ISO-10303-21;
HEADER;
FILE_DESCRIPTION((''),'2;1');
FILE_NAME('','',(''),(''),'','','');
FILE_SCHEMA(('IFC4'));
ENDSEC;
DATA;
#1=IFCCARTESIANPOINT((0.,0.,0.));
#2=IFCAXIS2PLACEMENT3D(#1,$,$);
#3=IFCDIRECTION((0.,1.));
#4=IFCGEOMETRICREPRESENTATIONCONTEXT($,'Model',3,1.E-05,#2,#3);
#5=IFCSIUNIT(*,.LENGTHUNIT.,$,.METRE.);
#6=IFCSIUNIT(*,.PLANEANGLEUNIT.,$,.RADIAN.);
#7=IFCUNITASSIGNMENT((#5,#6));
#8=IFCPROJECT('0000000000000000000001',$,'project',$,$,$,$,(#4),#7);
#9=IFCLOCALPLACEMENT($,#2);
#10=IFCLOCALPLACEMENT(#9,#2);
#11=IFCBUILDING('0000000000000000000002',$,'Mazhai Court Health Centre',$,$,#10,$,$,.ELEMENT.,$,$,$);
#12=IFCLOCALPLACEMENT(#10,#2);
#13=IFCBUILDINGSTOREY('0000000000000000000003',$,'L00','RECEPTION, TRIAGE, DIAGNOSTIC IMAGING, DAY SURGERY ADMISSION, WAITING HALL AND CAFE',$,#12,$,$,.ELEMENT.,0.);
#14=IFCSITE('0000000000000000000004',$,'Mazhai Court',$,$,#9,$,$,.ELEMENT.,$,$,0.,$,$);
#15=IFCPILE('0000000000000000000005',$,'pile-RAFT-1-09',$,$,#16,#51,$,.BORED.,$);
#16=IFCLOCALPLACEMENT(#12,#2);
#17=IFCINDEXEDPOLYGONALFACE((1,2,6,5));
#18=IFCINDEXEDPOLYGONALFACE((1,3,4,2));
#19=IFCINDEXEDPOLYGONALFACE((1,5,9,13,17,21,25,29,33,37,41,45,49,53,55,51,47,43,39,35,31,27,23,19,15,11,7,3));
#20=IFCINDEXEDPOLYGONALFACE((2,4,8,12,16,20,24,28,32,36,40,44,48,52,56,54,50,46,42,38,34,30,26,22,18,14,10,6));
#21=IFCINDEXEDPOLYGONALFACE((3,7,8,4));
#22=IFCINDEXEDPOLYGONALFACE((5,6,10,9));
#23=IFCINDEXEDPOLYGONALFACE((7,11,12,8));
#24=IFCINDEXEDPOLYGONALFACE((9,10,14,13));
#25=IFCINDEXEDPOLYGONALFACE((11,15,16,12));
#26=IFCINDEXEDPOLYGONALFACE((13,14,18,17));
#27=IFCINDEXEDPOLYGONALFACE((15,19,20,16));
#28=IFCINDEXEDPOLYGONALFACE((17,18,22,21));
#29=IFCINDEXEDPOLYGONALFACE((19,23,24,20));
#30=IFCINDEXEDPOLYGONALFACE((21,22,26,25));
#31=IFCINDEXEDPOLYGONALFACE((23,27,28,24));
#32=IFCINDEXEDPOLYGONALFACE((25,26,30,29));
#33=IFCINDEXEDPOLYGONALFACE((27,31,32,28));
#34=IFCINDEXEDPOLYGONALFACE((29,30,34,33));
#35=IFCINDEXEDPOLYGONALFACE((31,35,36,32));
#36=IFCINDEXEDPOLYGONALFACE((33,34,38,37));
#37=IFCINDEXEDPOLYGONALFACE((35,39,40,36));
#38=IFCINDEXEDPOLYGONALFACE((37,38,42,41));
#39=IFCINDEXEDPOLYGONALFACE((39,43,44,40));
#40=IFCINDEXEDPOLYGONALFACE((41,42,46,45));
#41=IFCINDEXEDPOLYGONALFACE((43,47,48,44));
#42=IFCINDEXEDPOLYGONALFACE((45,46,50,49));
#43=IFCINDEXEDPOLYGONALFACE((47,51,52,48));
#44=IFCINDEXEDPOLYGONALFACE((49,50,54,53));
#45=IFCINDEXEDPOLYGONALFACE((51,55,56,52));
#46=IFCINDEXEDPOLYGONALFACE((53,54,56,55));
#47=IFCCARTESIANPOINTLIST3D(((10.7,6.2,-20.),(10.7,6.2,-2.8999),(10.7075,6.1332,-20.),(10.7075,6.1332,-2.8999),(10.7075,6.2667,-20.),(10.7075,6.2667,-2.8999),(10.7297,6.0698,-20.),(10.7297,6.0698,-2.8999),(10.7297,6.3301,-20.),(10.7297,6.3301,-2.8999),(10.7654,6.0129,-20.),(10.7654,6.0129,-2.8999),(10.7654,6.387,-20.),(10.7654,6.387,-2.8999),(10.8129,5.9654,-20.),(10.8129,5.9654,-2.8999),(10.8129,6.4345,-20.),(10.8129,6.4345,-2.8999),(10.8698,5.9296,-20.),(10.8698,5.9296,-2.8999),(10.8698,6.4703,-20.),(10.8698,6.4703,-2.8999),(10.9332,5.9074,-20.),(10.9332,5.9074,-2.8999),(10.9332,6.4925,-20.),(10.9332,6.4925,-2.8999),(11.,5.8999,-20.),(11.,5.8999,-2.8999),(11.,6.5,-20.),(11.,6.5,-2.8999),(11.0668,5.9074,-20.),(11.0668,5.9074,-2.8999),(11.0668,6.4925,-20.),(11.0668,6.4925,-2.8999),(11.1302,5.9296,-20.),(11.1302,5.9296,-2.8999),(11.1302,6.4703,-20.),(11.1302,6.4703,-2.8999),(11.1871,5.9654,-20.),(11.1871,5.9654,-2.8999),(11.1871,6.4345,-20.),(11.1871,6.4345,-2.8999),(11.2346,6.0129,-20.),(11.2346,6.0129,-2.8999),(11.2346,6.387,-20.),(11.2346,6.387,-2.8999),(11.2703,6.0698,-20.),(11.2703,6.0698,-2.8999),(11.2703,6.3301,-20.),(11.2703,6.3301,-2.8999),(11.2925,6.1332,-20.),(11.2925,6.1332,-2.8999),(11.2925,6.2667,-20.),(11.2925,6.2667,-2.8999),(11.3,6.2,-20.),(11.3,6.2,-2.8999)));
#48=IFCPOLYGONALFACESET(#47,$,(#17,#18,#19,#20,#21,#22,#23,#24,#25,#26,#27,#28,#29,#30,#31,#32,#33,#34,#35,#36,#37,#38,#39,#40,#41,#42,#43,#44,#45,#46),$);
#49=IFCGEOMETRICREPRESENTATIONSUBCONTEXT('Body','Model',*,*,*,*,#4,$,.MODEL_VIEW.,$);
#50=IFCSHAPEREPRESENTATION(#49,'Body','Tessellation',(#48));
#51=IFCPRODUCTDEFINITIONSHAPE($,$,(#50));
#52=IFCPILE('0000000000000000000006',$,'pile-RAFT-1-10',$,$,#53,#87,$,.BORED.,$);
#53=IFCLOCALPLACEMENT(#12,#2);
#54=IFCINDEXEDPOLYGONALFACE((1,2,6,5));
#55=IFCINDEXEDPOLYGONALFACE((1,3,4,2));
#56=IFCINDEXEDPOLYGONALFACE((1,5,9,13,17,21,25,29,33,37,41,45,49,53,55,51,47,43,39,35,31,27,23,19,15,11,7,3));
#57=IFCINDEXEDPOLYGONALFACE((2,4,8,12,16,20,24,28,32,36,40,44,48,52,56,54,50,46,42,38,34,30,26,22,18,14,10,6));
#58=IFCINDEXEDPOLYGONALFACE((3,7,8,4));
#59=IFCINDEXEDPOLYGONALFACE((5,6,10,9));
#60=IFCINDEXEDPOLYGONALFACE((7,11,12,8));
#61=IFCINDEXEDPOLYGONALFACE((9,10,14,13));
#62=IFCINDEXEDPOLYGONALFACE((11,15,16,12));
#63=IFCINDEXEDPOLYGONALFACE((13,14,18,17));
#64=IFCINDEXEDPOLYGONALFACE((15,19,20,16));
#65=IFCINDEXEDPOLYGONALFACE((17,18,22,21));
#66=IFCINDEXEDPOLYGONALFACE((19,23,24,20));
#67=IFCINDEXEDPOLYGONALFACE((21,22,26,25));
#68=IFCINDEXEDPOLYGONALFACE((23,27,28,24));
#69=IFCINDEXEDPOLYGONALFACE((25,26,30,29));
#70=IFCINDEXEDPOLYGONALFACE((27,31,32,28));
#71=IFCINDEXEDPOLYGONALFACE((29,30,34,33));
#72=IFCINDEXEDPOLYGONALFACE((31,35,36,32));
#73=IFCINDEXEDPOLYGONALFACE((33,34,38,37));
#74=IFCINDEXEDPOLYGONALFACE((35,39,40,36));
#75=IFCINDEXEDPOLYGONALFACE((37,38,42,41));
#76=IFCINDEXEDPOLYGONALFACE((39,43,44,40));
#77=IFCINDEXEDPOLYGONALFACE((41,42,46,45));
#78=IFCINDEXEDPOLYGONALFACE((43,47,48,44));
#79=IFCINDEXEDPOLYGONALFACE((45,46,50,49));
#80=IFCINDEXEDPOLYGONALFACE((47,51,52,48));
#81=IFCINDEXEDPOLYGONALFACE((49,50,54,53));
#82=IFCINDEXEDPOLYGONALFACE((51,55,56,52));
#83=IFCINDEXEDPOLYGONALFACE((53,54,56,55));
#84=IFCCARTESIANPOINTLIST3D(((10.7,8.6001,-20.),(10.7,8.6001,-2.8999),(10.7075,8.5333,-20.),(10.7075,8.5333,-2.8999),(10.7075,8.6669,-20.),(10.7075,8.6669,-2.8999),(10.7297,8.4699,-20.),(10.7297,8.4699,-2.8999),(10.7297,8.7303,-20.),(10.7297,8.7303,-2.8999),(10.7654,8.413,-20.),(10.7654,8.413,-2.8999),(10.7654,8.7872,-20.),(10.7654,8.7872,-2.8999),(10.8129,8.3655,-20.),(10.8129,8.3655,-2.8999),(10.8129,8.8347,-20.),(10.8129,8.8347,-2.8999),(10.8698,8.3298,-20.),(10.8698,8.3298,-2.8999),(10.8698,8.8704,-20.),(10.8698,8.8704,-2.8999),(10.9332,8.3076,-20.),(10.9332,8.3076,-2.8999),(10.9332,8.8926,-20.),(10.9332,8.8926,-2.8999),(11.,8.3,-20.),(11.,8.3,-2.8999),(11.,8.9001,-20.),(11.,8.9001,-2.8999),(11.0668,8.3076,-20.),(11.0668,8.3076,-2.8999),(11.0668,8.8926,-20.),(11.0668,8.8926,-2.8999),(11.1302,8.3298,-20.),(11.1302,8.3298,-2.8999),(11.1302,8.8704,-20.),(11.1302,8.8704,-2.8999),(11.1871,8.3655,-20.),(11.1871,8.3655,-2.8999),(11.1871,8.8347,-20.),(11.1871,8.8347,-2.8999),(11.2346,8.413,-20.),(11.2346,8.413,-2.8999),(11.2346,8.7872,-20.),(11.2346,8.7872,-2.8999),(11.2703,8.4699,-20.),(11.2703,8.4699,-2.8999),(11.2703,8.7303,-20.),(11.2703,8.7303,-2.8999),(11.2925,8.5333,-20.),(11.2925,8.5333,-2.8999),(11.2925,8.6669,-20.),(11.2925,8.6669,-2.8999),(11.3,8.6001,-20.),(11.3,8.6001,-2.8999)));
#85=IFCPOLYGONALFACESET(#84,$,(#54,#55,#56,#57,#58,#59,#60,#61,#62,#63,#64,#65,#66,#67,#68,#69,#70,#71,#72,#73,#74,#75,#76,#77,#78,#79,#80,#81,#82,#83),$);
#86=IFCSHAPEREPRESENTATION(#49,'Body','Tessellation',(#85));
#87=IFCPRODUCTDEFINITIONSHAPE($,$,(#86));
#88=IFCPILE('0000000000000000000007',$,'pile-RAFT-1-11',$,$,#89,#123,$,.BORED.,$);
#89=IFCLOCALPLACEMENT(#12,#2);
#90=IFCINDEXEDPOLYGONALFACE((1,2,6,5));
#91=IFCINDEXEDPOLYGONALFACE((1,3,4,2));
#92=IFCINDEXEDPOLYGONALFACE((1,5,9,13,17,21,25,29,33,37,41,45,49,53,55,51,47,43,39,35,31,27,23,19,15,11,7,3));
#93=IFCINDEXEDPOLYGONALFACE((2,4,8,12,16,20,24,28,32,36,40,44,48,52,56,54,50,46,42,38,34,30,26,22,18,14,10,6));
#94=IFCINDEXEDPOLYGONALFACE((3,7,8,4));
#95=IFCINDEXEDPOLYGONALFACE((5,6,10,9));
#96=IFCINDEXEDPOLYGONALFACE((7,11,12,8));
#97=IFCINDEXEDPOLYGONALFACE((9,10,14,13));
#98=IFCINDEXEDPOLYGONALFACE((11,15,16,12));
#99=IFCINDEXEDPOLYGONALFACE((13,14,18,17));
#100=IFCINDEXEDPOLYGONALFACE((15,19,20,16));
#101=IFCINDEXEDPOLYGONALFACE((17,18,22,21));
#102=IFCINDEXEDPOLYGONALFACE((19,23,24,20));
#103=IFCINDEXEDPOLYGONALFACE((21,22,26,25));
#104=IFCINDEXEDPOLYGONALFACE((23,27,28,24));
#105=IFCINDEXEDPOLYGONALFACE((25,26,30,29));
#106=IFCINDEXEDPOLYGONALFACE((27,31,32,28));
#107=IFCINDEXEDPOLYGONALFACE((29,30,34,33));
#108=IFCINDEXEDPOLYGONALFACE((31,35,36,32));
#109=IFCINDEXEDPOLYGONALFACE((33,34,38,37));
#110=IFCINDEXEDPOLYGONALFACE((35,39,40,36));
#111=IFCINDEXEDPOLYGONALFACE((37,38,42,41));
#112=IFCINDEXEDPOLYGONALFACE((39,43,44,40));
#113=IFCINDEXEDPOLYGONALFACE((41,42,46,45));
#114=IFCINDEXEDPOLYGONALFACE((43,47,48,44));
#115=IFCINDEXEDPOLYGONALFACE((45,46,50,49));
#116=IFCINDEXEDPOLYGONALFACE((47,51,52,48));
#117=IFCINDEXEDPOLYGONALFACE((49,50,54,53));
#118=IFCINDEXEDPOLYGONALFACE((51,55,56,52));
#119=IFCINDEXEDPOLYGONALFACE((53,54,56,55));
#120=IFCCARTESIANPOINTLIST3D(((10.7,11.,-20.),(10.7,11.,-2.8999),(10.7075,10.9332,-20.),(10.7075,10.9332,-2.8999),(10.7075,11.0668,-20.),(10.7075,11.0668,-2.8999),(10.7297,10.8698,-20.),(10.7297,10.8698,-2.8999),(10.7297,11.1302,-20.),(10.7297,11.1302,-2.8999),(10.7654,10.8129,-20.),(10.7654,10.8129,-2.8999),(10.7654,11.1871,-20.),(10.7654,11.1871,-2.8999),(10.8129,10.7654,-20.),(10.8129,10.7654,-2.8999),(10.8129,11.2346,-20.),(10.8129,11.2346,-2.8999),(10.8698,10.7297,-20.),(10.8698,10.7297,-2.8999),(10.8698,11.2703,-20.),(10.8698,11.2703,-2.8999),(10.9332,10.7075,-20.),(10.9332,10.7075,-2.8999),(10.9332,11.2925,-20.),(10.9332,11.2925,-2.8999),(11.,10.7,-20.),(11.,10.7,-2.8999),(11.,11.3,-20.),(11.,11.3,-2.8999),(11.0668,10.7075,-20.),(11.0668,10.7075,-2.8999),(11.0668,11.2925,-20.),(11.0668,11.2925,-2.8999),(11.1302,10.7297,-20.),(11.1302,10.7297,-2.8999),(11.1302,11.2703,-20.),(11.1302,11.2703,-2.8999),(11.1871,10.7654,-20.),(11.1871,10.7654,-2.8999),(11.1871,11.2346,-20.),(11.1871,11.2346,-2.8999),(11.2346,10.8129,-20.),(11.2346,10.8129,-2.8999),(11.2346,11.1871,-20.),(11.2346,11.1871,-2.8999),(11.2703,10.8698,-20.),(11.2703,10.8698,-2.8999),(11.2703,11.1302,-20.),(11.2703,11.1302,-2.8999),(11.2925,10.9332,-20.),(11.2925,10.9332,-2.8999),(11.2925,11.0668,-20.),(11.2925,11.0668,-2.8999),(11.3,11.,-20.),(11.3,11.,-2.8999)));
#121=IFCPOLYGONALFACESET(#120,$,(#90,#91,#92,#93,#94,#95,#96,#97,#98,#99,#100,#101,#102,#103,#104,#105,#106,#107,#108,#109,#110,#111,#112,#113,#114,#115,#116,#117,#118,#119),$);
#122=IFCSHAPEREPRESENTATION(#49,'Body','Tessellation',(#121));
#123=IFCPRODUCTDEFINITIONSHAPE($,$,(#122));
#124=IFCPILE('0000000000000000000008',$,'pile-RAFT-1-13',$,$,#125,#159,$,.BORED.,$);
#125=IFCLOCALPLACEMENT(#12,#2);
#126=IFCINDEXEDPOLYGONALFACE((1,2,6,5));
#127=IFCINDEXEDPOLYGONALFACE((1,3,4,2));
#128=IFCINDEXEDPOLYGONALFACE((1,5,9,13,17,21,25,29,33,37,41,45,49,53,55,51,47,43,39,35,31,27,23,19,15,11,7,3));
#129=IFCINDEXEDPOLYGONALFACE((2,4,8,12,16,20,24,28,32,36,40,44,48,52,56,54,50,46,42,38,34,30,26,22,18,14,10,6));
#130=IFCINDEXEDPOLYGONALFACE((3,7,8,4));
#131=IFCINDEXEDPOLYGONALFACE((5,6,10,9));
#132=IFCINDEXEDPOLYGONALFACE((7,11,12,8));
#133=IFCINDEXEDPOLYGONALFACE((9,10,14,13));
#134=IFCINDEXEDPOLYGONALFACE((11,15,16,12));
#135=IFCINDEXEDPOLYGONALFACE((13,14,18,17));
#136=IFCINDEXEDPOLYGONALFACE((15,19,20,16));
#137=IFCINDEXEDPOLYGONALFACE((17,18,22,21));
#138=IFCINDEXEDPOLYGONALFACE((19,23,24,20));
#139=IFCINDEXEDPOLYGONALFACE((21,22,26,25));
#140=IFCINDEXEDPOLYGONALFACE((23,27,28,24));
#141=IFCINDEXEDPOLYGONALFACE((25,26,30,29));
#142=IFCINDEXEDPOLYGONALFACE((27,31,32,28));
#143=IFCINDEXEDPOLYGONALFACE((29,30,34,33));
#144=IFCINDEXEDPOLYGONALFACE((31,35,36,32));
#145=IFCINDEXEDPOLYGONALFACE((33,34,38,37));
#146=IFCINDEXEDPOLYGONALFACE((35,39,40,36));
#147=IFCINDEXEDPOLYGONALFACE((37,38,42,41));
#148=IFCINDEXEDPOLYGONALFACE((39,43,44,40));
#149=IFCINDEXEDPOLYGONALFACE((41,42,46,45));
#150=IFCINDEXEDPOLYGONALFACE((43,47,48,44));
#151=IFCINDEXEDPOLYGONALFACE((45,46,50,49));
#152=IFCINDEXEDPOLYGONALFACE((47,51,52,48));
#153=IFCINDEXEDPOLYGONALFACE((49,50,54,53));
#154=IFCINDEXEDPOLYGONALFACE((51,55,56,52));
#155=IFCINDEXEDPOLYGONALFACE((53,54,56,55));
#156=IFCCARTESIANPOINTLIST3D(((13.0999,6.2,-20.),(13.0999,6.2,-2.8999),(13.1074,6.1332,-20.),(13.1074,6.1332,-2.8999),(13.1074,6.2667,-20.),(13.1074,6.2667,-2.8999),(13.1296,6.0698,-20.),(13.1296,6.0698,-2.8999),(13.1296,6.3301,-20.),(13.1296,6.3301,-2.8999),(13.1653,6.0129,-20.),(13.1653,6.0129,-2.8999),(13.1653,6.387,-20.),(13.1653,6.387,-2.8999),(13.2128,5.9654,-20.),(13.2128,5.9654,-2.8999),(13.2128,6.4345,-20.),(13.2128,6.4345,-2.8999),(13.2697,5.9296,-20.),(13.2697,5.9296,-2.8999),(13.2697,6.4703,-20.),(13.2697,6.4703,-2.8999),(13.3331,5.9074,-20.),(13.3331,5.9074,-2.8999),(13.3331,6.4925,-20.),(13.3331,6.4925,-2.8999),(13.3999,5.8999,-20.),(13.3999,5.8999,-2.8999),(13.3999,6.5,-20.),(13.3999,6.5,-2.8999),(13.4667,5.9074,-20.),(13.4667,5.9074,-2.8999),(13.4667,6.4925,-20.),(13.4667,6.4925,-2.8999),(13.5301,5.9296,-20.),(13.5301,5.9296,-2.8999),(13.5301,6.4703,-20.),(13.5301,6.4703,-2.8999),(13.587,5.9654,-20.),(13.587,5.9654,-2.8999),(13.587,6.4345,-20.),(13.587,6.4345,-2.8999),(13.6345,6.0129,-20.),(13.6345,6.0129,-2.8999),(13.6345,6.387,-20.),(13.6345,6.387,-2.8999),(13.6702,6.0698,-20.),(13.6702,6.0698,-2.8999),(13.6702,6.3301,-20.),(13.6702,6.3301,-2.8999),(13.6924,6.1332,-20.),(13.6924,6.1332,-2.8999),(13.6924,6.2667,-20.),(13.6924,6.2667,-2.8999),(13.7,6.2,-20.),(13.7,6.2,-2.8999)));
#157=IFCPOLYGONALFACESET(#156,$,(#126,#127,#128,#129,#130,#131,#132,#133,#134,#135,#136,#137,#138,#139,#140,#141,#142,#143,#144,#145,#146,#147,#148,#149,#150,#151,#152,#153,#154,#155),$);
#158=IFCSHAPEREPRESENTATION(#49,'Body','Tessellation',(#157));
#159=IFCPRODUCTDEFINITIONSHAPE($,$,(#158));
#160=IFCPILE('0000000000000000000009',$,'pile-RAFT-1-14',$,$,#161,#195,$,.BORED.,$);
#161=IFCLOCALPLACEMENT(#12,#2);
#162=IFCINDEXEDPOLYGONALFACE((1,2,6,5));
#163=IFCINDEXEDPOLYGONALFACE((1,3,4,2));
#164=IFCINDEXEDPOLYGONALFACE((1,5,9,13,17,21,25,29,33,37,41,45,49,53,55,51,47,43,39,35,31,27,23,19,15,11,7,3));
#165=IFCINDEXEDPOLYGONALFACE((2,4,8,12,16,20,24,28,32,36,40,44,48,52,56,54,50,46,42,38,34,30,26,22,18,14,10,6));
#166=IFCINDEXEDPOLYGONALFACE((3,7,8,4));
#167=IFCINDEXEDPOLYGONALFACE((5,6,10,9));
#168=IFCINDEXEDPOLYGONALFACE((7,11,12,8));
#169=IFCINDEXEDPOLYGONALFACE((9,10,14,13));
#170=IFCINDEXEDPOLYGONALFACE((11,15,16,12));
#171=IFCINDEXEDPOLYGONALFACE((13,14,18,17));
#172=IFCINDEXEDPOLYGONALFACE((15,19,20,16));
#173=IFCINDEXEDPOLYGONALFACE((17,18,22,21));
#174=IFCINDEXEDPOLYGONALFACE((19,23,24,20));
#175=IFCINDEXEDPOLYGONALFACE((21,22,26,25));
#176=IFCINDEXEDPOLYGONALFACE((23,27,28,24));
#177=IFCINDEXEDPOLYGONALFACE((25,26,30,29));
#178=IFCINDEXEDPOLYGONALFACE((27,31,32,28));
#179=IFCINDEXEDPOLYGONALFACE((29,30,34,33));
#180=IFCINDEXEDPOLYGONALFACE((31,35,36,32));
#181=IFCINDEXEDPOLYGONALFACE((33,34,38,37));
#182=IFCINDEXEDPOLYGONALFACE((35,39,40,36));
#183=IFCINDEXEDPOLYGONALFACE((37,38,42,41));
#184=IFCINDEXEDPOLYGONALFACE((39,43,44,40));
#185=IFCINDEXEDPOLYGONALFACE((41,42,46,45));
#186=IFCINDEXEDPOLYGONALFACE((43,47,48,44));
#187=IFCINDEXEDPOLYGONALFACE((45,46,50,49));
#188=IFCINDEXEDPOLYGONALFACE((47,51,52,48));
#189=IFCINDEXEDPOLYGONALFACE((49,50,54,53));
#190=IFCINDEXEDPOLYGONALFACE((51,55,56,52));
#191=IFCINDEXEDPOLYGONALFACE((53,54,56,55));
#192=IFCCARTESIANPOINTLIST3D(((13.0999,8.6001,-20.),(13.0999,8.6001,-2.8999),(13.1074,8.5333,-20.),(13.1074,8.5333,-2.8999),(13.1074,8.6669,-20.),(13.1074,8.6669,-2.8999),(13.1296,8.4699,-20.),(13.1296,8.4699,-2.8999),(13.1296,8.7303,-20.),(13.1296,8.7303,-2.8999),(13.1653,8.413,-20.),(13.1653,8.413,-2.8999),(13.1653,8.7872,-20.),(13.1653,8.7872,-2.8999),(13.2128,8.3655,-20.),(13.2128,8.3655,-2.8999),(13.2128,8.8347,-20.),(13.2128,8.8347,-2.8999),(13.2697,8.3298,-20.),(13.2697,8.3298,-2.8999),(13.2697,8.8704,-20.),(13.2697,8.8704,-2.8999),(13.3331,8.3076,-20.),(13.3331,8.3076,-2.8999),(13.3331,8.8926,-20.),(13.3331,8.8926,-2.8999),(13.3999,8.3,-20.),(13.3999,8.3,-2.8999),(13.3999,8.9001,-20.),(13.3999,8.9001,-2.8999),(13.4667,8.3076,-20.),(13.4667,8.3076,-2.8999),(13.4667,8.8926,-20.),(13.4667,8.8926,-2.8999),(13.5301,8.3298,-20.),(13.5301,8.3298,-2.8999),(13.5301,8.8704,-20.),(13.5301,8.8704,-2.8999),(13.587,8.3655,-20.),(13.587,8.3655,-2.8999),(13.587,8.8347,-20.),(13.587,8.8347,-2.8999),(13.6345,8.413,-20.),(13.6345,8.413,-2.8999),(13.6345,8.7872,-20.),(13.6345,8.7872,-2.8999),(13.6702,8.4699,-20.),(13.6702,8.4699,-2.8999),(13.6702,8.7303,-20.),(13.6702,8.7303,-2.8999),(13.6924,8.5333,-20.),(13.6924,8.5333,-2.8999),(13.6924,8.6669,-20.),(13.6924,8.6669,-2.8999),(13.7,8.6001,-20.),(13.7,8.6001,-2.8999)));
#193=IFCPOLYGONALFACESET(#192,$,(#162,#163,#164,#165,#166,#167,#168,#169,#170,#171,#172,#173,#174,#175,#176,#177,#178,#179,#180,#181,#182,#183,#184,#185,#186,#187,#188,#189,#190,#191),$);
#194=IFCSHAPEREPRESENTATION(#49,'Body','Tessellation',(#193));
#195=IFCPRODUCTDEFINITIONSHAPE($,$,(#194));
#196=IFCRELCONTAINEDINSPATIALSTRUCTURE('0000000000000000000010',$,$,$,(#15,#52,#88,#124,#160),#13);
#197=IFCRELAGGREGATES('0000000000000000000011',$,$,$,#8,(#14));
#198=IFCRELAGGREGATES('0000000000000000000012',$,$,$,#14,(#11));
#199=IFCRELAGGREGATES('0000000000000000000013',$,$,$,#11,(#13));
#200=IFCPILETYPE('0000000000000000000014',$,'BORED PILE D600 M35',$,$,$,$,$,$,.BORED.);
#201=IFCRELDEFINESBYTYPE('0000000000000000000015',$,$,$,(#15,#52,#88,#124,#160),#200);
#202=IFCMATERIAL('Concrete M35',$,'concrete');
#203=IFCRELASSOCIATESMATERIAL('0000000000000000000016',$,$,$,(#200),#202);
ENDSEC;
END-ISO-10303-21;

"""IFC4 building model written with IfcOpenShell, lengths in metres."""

from ifc_helpers import new_model, si_unit, direction, frame, origin, origin_2d, place, context, subcontext, project, spatial, circle, extrude, material, material_profile, profile_set, type_object, element, save


model = new_model("IFC4")

# Units and contexts
model_context = context("Model", 3, precision=1e-05, world=origin(), true_north=direction((0.0, 1.0)))
body_context = subcontext(model_context, "Body", "Model", "MODEL_VIEW")
ifc_project = project(units=[si_unit("LENGTHUNIT", "METRE"), si_unit("PLANEANGLEUNIT", "RADIAN")], contexts=[model_context])

# Site, building, storey
site_placement = place(None, origin())
site = spatial("IfcSite", under=ifc_project, at=site_placement, Name="Mazhai Court", CompositionType="ELEMENT", RefElevation=0.0)
building_placement = place(site_placement, origin())
building = spatial("IfcBuilding", under=site, at=building_placement, Name="Mazhai Court Health Centre", CompositionType="ELEMENT")
storey_placement = place(building_placement, origin())
storey = spatial("IfcBuildingStorey", under=building, at=storey_placement, Name="L00", Description="RECEPTION, TRIAGE, DIAGNOSTIC IMAGING, DAY SURGERY ADMISSION, WAITING HALL AND CAFE", CompositionType="ELEMENT", Elevation=0.0)

# Piles
ifc_material_1 = material(Name="Concrete M35", Category="concrete")
ifc_material_profile_1 = material_profile(ifc_material_1, circle(Radius=0.3, at=origin_2d()), Name="RC PILE D600")
ifc_profile_set_1 = profile_set([ifc_material_profile_1], Name="Concrete M35")
pile_type = type_object("IfcPileType", Name="BORED PILE D600 M35", PredefinedType="BORED", material=ifc_profile_set_1)
for number, where, z_axis, x_axis, name in (
    (1, (11.0, 6.2, -2.8999), (0.0, 0.0, -1.0), (1.0, 0.0, 0.0), "pile-RAFT-1-09"),
    (2, (11.0, 8.6001, -2.8999), (0.0, 0.0, -1.0), (1.0, 0.0, 0.0), "pile-RAFT-1-10"),
    (3, (11.0, 11.0, -2.8999), (0.0, 0.0, -1.0), (1.0, 0.0, 0.0), "pile-RAFT-1-11"),
    (4, (13.3999, 6.2, -2.8999), (0.0, 0.0, -1.0), (1.0, 0.0, 0.0), "pile-RAFT-1-13"),
    (5, (13.3999, 8.6001, -2.8999), (0.0, 0.0, -1.0), (1.0, 0.0, 0.0), "pile-RAFT-1-14"),
):
    element("IfcPile", number, at=place(storey_placement, frame(where, z_axis=z_axis, x_axis=x_axis)), inside=storey, type_object=pile_type, Name=name, PredefinedType="BORED", context=body_context, shape_type="SweptSolid", body=[
        extrude(circle(Radius=0.3, at=origin_2d()), origin(), (0.0, 0.0, 1.0), 17.1001),
    ])

save(model, "model.ifc")
